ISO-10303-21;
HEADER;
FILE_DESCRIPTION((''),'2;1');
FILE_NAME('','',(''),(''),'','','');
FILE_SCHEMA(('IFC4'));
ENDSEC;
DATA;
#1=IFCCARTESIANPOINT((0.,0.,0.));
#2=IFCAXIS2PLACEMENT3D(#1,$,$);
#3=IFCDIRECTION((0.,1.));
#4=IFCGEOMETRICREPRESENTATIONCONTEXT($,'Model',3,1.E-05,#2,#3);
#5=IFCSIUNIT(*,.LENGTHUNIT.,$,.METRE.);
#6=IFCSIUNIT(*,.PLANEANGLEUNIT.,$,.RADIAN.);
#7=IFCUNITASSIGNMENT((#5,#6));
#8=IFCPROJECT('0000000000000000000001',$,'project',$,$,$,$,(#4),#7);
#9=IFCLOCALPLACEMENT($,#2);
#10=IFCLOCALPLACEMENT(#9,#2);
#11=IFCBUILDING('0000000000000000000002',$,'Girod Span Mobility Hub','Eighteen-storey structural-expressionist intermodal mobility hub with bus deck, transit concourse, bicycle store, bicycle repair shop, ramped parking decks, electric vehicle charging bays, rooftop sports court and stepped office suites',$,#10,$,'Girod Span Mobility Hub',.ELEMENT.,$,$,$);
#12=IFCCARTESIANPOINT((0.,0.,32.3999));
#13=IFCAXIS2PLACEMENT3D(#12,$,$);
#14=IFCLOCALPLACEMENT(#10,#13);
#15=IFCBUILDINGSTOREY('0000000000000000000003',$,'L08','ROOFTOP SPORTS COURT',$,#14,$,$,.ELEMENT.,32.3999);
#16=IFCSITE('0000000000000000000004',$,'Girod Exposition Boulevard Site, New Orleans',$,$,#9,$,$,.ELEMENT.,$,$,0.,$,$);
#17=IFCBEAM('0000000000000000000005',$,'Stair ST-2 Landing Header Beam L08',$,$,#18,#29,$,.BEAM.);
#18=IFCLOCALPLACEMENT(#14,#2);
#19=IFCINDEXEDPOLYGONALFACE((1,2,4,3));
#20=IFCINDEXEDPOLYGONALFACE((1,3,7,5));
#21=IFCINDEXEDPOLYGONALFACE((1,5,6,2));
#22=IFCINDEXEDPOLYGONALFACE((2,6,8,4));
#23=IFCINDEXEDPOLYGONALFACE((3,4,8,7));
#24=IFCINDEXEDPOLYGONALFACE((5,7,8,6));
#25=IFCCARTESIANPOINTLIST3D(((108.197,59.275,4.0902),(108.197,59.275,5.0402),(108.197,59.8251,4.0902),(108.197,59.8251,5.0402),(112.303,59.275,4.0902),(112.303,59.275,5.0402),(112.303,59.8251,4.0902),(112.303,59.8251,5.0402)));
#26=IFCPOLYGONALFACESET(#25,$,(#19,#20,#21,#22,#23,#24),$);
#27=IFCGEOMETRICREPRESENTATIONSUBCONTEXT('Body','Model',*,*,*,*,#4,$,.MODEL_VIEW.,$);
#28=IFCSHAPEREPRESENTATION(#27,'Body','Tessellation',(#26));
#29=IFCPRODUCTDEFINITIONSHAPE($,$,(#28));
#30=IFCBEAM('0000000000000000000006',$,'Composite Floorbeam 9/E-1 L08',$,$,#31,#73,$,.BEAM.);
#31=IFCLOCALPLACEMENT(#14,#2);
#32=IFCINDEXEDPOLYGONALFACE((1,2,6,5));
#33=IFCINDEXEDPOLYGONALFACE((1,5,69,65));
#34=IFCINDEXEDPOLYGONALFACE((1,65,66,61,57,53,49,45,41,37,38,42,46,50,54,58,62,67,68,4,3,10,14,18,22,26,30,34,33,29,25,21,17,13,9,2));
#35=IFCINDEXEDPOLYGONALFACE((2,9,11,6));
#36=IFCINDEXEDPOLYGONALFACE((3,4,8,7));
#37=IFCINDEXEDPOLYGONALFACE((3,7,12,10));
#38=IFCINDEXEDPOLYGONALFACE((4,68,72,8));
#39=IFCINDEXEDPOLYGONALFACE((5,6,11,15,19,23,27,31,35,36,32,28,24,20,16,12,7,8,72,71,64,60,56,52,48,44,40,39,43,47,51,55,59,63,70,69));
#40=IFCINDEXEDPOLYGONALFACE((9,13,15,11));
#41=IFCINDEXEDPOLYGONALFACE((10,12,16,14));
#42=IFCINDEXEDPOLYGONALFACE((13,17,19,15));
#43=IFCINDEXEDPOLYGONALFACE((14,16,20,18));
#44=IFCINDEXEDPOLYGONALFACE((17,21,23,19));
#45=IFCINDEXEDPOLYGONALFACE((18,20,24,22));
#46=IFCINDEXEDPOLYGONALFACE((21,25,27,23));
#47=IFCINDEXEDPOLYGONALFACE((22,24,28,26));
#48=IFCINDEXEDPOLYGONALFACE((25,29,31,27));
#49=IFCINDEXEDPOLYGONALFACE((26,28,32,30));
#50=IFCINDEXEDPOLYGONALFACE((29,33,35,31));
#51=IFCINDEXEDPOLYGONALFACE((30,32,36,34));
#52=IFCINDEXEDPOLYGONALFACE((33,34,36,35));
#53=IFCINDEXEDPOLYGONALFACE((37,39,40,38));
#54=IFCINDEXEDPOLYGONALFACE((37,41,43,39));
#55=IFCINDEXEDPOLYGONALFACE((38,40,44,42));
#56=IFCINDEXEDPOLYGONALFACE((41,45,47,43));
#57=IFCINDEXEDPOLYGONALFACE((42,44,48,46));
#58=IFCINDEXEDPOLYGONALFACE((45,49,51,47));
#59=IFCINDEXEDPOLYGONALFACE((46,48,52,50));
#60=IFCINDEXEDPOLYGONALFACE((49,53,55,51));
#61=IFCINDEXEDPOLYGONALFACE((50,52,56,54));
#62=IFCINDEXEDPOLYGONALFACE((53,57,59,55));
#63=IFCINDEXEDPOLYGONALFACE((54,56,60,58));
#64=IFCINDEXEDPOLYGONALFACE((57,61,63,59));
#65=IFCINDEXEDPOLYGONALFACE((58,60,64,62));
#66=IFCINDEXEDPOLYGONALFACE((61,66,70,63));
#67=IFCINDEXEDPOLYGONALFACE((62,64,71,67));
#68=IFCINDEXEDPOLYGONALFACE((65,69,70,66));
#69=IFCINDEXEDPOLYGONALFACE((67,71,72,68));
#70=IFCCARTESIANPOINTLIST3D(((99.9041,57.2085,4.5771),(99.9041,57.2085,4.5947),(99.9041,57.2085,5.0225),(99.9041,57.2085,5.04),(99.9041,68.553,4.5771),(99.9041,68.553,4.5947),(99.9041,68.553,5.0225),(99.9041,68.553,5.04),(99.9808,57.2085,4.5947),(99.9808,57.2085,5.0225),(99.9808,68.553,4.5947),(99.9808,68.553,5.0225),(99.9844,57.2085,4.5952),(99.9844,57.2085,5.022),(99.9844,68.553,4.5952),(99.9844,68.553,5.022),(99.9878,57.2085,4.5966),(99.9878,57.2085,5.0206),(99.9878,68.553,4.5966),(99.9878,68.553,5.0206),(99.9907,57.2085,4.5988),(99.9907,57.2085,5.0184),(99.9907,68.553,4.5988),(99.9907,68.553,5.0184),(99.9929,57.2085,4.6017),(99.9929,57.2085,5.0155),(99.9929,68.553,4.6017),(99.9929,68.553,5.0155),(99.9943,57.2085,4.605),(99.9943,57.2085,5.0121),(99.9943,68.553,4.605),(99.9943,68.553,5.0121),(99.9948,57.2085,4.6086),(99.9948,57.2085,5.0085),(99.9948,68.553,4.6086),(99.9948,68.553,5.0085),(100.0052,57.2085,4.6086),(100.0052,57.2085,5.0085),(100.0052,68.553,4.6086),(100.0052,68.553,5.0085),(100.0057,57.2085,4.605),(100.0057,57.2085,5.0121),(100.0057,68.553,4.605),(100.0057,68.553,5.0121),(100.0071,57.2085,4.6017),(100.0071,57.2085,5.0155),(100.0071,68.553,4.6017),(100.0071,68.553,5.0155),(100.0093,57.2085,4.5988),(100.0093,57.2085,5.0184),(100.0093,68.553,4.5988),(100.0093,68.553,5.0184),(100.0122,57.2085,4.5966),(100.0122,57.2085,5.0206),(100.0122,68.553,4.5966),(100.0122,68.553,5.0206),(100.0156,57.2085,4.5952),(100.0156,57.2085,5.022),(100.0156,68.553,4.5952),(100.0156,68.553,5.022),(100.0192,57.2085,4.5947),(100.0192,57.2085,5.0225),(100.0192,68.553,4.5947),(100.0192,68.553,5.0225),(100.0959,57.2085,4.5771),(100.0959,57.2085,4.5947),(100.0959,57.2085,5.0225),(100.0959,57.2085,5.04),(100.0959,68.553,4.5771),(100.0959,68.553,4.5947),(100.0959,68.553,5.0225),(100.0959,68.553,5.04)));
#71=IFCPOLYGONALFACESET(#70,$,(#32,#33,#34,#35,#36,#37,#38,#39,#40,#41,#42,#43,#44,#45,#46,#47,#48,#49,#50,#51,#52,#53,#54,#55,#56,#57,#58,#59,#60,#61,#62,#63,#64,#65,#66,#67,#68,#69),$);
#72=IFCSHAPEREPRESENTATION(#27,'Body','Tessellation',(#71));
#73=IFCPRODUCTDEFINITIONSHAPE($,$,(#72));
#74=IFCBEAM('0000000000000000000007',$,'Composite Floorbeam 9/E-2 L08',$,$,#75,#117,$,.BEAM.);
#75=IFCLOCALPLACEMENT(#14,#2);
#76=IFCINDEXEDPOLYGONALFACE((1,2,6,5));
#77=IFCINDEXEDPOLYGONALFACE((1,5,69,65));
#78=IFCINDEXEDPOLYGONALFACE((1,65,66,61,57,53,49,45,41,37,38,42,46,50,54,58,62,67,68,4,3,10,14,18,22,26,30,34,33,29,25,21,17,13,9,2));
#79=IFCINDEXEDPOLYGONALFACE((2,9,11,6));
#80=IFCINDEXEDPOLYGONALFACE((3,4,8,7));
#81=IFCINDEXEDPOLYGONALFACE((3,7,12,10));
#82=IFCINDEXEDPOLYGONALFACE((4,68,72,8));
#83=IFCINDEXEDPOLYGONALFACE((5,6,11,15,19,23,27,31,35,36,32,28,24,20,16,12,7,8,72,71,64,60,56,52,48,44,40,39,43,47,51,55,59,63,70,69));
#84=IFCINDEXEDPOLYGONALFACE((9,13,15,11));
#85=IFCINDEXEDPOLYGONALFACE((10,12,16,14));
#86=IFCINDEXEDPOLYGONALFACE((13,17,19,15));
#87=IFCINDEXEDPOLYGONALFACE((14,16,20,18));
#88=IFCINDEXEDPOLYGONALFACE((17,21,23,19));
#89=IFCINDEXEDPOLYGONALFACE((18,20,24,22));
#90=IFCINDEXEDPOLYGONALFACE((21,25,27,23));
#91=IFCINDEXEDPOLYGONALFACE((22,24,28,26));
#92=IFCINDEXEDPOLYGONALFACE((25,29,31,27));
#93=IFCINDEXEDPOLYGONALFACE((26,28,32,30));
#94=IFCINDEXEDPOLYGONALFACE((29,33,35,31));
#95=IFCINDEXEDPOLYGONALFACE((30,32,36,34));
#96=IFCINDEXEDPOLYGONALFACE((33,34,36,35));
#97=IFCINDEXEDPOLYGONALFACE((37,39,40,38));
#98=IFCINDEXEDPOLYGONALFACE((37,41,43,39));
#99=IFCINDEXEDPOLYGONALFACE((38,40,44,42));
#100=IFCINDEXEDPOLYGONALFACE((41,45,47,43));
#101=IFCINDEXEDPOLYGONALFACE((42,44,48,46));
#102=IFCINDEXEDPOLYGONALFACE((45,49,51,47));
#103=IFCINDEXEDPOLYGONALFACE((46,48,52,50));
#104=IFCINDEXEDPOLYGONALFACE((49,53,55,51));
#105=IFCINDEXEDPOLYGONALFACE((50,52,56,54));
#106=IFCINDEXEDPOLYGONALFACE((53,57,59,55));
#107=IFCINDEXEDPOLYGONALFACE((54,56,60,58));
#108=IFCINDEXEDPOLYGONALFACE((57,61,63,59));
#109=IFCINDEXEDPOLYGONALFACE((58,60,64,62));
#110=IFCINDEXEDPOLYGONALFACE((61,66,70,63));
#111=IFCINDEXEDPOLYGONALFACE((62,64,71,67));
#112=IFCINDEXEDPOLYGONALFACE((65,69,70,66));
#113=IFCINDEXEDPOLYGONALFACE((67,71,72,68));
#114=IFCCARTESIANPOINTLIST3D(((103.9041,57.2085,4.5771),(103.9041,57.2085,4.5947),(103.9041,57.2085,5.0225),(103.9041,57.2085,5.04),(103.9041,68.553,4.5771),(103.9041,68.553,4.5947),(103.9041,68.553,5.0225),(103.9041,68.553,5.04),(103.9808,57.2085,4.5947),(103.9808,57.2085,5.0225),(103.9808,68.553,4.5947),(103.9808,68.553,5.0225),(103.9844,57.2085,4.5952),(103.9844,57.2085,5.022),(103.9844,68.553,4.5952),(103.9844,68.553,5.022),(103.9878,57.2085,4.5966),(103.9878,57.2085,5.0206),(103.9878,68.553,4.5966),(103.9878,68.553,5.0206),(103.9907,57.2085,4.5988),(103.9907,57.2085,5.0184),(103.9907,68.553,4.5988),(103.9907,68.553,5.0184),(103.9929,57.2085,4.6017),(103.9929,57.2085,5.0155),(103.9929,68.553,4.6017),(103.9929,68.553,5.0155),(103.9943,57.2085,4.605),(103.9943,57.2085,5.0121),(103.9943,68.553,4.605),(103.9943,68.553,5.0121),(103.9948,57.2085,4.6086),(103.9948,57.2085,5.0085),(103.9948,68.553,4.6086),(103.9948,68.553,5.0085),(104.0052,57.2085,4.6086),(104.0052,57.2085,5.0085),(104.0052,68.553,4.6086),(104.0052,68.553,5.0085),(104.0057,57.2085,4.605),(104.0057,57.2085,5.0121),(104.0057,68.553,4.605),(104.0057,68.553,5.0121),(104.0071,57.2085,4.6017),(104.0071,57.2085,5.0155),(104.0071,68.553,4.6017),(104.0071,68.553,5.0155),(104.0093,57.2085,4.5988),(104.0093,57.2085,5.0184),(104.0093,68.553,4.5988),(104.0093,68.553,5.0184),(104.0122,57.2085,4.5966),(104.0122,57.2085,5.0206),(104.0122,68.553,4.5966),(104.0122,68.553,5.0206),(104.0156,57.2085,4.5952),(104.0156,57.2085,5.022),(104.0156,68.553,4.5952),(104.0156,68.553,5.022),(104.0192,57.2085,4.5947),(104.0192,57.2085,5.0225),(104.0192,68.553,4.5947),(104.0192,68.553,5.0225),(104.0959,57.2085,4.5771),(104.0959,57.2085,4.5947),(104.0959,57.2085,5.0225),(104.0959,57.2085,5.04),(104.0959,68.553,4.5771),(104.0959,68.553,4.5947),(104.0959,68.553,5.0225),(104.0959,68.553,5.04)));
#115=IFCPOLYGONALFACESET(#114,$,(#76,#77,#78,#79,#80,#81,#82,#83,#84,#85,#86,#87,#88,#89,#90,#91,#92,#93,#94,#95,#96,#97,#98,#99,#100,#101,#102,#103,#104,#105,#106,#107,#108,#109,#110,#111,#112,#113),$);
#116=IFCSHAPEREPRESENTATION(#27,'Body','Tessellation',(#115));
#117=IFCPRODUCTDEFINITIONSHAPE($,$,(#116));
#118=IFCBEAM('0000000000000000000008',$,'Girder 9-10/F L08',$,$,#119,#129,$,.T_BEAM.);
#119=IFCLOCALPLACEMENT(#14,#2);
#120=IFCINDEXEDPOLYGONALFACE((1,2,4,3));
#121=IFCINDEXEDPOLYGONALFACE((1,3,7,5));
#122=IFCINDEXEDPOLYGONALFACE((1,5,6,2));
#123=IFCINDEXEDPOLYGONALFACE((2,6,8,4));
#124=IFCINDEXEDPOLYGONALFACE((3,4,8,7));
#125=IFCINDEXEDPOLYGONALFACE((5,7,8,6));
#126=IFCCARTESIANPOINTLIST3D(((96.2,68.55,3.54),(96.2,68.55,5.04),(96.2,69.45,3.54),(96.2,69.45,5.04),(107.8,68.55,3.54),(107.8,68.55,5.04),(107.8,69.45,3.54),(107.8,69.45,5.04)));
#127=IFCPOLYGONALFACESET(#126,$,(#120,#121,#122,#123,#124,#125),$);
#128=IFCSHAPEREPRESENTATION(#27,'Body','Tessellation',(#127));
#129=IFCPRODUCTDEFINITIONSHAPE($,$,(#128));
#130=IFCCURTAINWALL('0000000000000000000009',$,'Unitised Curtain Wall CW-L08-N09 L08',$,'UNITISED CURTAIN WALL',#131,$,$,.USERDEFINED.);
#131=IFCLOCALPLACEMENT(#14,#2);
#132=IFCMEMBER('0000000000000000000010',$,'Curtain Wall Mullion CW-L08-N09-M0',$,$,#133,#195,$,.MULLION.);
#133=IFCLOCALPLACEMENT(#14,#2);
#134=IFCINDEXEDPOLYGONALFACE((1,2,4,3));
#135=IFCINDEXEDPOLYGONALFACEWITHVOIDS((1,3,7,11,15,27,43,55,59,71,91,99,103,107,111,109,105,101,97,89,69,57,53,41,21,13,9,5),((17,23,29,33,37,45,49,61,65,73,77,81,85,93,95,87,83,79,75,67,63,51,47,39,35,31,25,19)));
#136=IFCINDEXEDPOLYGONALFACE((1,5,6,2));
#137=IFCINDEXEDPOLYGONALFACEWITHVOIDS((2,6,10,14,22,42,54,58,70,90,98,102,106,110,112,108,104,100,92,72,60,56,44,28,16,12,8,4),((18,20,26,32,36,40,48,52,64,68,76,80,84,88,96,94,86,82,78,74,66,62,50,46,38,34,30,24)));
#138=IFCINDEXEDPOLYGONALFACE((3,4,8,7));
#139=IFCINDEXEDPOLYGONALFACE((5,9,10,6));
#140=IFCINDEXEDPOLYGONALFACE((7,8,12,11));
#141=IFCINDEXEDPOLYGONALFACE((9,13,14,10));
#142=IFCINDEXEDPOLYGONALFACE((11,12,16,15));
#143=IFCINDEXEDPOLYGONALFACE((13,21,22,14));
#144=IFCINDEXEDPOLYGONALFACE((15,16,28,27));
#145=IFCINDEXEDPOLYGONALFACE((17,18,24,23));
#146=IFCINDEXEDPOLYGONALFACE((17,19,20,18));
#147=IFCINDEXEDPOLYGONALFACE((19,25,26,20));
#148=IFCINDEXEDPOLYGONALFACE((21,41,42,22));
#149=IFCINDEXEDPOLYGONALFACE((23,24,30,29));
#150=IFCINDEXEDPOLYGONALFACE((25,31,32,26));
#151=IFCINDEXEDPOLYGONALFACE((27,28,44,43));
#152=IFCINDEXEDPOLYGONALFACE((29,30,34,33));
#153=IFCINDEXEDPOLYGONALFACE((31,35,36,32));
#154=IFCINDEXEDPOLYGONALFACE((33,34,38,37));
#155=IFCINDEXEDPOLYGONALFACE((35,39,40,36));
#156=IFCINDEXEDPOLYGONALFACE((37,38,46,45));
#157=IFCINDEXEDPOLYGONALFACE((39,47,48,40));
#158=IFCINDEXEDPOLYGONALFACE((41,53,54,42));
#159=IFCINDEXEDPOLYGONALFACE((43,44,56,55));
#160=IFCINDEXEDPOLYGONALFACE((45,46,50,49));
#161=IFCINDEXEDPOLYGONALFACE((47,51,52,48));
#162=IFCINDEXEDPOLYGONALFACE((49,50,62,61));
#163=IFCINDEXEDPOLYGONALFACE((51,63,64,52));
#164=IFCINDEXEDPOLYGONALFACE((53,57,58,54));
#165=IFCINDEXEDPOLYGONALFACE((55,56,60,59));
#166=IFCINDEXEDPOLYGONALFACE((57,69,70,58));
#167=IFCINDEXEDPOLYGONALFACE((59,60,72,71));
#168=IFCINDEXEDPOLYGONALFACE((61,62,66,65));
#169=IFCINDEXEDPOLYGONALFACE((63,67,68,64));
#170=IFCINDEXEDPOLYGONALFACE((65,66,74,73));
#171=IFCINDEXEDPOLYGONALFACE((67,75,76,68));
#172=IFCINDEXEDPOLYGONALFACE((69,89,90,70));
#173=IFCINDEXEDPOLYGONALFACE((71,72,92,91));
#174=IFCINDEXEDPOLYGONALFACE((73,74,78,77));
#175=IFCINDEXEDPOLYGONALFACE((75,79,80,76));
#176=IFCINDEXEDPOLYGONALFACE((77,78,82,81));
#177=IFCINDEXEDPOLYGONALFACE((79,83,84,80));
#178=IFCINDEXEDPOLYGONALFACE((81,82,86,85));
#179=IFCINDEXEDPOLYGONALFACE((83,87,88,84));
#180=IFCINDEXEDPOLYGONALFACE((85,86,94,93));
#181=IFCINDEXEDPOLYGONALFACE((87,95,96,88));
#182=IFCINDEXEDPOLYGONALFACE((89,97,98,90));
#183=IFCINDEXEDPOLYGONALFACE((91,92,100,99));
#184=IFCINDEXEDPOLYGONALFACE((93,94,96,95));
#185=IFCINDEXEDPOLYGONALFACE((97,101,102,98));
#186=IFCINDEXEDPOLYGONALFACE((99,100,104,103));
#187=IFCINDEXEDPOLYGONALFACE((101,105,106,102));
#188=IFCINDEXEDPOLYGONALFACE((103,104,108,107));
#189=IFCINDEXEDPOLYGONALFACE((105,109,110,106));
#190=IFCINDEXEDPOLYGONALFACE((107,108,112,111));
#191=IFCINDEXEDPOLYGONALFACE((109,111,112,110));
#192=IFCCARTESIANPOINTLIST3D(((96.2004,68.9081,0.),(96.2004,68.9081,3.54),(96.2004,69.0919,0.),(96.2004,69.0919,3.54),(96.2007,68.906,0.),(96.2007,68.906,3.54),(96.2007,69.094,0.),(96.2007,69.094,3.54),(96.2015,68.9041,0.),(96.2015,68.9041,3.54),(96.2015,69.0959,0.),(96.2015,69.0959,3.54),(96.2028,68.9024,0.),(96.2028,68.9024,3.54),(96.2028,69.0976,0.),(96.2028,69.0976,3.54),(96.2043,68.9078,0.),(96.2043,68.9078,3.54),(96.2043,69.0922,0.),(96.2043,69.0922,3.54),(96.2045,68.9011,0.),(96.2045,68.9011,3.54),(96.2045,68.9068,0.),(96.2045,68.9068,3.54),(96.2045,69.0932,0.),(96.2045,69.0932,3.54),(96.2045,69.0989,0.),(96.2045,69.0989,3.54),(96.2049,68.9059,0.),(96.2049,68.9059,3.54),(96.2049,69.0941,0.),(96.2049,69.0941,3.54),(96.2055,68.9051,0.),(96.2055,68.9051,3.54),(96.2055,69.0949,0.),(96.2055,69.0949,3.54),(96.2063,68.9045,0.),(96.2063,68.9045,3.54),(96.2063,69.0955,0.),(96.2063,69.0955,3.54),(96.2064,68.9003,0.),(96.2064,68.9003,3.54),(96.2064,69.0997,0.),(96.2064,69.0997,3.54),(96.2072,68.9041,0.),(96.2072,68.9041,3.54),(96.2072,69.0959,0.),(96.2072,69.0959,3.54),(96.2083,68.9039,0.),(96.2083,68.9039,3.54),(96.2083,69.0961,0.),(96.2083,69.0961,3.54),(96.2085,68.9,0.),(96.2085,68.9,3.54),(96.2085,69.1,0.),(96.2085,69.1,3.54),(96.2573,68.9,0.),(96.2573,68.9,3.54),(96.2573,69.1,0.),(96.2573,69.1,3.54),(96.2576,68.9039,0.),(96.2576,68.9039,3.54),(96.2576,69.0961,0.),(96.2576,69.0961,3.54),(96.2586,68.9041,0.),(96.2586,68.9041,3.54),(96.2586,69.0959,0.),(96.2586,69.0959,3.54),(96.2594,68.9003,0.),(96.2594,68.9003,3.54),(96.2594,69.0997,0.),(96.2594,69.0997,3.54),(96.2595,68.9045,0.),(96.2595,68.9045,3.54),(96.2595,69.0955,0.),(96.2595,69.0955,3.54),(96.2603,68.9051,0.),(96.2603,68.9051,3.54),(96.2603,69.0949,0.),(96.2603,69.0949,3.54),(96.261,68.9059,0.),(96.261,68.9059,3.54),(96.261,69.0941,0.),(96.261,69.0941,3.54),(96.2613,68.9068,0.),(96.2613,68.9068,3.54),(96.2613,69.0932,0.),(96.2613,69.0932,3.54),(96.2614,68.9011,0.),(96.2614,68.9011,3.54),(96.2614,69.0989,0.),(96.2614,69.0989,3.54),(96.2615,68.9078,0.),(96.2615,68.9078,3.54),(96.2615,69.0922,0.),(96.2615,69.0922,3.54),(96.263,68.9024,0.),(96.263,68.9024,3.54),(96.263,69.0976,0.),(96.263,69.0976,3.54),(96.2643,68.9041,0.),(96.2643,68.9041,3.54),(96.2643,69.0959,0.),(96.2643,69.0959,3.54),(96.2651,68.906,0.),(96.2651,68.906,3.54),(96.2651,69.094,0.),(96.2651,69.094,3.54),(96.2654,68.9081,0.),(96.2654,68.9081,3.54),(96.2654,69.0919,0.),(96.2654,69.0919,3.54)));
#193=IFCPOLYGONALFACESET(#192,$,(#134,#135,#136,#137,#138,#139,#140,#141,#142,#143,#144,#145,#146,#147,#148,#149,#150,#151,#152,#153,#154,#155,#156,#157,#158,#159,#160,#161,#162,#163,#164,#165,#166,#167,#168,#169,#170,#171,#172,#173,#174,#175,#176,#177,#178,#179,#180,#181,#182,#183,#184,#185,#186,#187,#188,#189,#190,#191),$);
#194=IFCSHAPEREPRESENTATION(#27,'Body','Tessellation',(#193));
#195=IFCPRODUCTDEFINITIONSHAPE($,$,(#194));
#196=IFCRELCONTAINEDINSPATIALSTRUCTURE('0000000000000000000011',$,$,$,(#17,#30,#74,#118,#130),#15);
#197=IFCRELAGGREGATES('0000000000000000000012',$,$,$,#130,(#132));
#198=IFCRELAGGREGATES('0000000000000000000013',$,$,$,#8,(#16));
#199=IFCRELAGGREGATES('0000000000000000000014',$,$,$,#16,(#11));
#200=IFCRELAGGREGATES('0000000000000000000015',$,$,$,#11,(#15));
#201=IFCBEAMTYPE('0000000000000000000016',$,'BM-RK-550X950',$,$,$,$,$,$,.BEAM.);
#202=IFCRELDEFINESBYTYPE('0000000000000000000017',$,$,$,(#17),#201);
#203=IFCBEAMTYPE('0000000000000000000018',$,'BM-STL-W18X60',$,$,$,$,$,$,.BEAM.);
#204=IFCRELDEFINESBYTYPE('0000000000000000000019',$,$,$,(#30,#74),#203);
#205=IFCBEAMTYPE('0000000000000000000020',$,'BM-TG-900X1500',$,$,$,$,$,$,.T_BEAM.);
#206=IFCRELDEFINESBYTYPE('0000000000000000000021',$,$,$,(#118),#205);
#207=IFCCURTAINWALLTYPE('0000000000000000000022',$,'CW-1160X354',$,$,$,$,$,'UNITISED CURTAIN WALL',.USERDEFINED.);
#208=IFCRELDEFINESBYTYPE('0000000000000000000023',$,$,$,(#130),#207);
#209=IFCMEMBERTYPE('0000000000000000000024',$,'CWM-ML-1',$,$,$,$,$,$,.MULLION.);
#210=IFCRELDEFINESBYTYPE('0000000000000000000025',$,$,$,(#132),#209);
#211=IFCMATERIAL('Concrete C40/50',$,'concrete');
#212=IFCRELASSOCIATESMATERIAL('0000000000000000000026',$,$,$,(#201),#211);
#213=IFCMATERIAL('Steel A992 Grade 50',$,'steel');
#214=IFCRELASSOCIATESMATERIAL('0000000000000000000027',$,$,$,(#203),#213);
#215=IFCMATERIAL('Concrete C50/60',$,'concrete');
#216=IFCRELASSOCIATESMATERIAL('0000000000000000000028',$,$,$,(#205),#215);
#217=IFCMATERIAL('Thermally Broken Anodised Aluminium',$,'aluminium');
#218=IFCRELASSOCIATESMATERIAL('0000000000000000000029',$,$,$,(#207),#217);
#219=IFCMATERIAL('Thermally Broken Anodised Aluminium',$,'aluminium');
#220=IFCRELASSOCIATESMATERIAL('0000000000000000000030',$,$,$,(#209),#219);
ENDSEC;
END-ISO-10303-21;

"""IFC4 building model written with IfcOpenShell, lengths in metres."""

from ifc_helpers import new_model, si_unit, direction, frame, origin, origin_2d, place, context, subcontext, project, spatial, rectangle, hollow_rectangle, i_section, extrude, material, material_profile, profile_set, type_object, element, aggregate, save


model = new_model("IFC4")

# Units and contexts
model_context = context("Model", 3, precision=1e-05, world=origin(), true_north=direction((0.0, 1.0)))
body_context = subcontext(model_context, "Body", "Model", "MODEL_VIEW")
ifc_project = project(units=[si_unit("LENGTHUNIT", "METRE"), si_unit("PLANEANGLEUNIT", "RADIAN")], contexts=[model_context])

# Site, building, storey
site_placement = place(None, origin())
site = spatial("IfcSite", under=ifc_project, at=site_placement, Name="Girod Exposition Boulevard Site, New Orleans", CompositionType="ELEMENT", RefElevation=0.0)
building_placement = place(site_placement, origin())
building = spatial("IfcBuilding", under=site, at=building_placement, Name="Girod Span Mobility Hub", Description="Eighteen-storey structural-expressionist intermodal mobility hub with bus deck, transit concourse, bicycle store, bicycle repair shop, ramped parking decks, electric vehicle charging bays, rooftop sports court and stepped office suites", LongName="Girod Span Mobility Hub", CompositionType="ELEMENT")
storey_placement = place(building_placement, frame((0.0, 0.0, 32.3999)))
storey = spatial("IfcBuildingStorey", under=building, at=storey_placement, Name="L08", Description="ROOFTOP SPORTS COURT", CompositionType="ELEMENT", Elevation=32.3999)

# Beams
ifc_material_1 = material(Name="Concrete C40/50", Category="concrete")
ifc_material_profile_1 = material_profile(ifc_material_1, rectangle(XDim=0.55, YDim=0.95, at=origin_2d()), Name="RK-550X950")
ifc_profile_set_1 = profile_set([ifc_material_profile_1], Name="Concrete C40/50")
beam_type_1 = type_object("IfcBeamType", Name="BM-RK-550X950", PredefinedType="BEAM", material=ifc_profile_set_1)
beam_1_placement = place(storey_placement, frame((108.197, 59.55, 4.5652), z_axis=(1.0, 0.0, 0.0), x_axis=(0.0, 1.0, 0.0)))
element("IfcBeam", 1, at=beam_1_placement, inside=storey, type_object=beam_type_1, Name="Stair ST-2 Landing Header Beam L08", PredefinedType="BEAM", context=body_context, shape_type="SweptSolid", body=[
    extrude(rectangle(XDim=0.55, YDim=0.95, at=origin_2d()), origin(), (0.0, 0.0, 1.0), 4.106),
])
ifc_material_2 = material(Name="Steel A992 Grade 50", Category="steel")
ifc_material_profile_2 = material_profile(ifc_material_2, i_section(OverallWidth=0.1919, OverallDepth=0.4629, WebThickness=0.0105, FlangeThickness=0.0176, FilletRadius=0.0139, at=origin_2d()), Name="W18X60")
ifc_profile_set_2 = profile_set([ifc_material_profile_2], Name="Steel A992 Grade 50")
beam_type_2 = type_object("IfcBeamType", Name="BM-STL-W18X60", PredefinedType="BEAM", material=ifc_profile_set_2)
for number, where, z_axis, x_axis, name in (
    (2, (100.0, 57.2085, 4.8086), (0.0, 1.0, 0.0), (-1.0, 0.0, 0.0), "Composite Floorbeam 9/E-1 L08"),
    (3, (104.0, 57.2085, 4.8086), (0.0, 1.0, 0.0), (-1.0, 0.0, 0.0), "Composite Floorbeam 9/E-2 L08"),
):
    element("IfcBeam", number, at=place(storey_placement, frame(where, z_axis=z_axis, x_axis=x_axis)), inside=storey, type_object=beam_type_2, Name=name, PredefinedType="BEAM", context=body_context, shape_type="SweptSolid", body=[
        extrude(i_section(OverallWidth=0.1919, OverallDepth=0.4629, WebThickness=0.0105, FlangeThickness=0.0176, FilletRadius=0.0139, at=origin_2d()), origin(), (0.0, 0.0, 1.0), 11.3445),
    ])
ifc_material_3 = material(Name="Concrete C50/60", Category="concrete")
ifc_material_profile_3 = material_profile(ifc_material_3, rectangle(XDim=0.8999, YDim=1.5, at=origin_2d()), Name="TG-900X1500")
ifc_profile_set_3 = profile_set([ifc_material_profile_3], Name="Concrete C50/60")
beam_type_3 = type_object("IfcBeamType", Name="BM-TG-900X1500", PredefinedType="T_BEAM", material=ifc_profile_set_3)
beam_2_placement = place(storey_placement, frame((96.2, 69.0, 4.29), z_axis=(1.0, 0.0, 0.0), x_axis=(0.0, 1.0, 0.0)))
element("IfcBeam", 4, at=beam_2_placement, inside=storey, type_object=beam_type_3, Name="Girder 9-10/F L08", PredefinedType="T_BEAM", context=body_context, shape_type="SweptSolid", body=[
    extrude(rectangle(XDim=0.8999, YDim=1.5, at=origin_2d()), origin(), (0.0, 0.0, 1.0), 11.6001),
])

# Curtain wall, member
ifc_material_4 = material(Name="Thermally Broken Anodised Aluminium", Category="aluminium")
curtain_wall_type = type_object("IfcCurtainWallType", Name="CW-1160X354", ElementType="UNITISED CURTAIN WALL", PredefinedType="USERDEFINED", material=ifc_material_4)
curtain_wall_placement = place(storey_placement, origin())
curtain_wall = element("IfcCurtainWall", 5, at=curtain_wall_placement, inside=storey, type_object=curtain_wall_type, Name="Unitised Curtain Wall CW-L08-N09 L08", ObjectType="UNITISED CURTAIN WALL", PredefinedType="USERDEFINED")
ifc_material_5 = material(Name="Thermally Broken Anodised Aluminium", Category="aluminium")
ifc_material_profile_4 = material_profile(ifc_material_5, hollow_rectangle(XDim=0.2, YDim=0.0649, WallThickness=0.0039, InnerFilletRadius=0.0039, OuterFilletRadius=0.0081, at=origin_2d()), Name="CW-ML-65X200")
ifc_profile_set_4 = profile_set([ifc_material_profile_4], Name="Thermally Broken Anodised Aluminium")
member_type_1 = type_object("IfcMemberType", Name="CWM-ML-1", PredefinedType="MULLION", material=ifc_profile_set_4)
member_1_placement = place(storey_placement, frame((96.2329, 69.0, 0.0), z_axis=(0.0, 0.0, 1.0), x_axis=(0.0, 1.0, 0.0)))
member_1 = element("IfcMember", 6, at=member_1_placement, type_object=member_type_1, Name="Curtain Wall Mullion CW-L08-N09-M0", PredefinedType="MULLION", context=body_context, shape_type="SweptSolid", body=[
    extrude(hollow_rectangle(XDim=0.2, YDim=0.0649, WallThickness=0.0039, InnerFilletRadius=0.0039, OuterFilletRadius=0.0081, at=origin_2d()), origin(), (0.0, 0.0, 1.0), 3.54),
])

aggregate(curtain_wall, [member_1])

save(model, "model.ifc")
